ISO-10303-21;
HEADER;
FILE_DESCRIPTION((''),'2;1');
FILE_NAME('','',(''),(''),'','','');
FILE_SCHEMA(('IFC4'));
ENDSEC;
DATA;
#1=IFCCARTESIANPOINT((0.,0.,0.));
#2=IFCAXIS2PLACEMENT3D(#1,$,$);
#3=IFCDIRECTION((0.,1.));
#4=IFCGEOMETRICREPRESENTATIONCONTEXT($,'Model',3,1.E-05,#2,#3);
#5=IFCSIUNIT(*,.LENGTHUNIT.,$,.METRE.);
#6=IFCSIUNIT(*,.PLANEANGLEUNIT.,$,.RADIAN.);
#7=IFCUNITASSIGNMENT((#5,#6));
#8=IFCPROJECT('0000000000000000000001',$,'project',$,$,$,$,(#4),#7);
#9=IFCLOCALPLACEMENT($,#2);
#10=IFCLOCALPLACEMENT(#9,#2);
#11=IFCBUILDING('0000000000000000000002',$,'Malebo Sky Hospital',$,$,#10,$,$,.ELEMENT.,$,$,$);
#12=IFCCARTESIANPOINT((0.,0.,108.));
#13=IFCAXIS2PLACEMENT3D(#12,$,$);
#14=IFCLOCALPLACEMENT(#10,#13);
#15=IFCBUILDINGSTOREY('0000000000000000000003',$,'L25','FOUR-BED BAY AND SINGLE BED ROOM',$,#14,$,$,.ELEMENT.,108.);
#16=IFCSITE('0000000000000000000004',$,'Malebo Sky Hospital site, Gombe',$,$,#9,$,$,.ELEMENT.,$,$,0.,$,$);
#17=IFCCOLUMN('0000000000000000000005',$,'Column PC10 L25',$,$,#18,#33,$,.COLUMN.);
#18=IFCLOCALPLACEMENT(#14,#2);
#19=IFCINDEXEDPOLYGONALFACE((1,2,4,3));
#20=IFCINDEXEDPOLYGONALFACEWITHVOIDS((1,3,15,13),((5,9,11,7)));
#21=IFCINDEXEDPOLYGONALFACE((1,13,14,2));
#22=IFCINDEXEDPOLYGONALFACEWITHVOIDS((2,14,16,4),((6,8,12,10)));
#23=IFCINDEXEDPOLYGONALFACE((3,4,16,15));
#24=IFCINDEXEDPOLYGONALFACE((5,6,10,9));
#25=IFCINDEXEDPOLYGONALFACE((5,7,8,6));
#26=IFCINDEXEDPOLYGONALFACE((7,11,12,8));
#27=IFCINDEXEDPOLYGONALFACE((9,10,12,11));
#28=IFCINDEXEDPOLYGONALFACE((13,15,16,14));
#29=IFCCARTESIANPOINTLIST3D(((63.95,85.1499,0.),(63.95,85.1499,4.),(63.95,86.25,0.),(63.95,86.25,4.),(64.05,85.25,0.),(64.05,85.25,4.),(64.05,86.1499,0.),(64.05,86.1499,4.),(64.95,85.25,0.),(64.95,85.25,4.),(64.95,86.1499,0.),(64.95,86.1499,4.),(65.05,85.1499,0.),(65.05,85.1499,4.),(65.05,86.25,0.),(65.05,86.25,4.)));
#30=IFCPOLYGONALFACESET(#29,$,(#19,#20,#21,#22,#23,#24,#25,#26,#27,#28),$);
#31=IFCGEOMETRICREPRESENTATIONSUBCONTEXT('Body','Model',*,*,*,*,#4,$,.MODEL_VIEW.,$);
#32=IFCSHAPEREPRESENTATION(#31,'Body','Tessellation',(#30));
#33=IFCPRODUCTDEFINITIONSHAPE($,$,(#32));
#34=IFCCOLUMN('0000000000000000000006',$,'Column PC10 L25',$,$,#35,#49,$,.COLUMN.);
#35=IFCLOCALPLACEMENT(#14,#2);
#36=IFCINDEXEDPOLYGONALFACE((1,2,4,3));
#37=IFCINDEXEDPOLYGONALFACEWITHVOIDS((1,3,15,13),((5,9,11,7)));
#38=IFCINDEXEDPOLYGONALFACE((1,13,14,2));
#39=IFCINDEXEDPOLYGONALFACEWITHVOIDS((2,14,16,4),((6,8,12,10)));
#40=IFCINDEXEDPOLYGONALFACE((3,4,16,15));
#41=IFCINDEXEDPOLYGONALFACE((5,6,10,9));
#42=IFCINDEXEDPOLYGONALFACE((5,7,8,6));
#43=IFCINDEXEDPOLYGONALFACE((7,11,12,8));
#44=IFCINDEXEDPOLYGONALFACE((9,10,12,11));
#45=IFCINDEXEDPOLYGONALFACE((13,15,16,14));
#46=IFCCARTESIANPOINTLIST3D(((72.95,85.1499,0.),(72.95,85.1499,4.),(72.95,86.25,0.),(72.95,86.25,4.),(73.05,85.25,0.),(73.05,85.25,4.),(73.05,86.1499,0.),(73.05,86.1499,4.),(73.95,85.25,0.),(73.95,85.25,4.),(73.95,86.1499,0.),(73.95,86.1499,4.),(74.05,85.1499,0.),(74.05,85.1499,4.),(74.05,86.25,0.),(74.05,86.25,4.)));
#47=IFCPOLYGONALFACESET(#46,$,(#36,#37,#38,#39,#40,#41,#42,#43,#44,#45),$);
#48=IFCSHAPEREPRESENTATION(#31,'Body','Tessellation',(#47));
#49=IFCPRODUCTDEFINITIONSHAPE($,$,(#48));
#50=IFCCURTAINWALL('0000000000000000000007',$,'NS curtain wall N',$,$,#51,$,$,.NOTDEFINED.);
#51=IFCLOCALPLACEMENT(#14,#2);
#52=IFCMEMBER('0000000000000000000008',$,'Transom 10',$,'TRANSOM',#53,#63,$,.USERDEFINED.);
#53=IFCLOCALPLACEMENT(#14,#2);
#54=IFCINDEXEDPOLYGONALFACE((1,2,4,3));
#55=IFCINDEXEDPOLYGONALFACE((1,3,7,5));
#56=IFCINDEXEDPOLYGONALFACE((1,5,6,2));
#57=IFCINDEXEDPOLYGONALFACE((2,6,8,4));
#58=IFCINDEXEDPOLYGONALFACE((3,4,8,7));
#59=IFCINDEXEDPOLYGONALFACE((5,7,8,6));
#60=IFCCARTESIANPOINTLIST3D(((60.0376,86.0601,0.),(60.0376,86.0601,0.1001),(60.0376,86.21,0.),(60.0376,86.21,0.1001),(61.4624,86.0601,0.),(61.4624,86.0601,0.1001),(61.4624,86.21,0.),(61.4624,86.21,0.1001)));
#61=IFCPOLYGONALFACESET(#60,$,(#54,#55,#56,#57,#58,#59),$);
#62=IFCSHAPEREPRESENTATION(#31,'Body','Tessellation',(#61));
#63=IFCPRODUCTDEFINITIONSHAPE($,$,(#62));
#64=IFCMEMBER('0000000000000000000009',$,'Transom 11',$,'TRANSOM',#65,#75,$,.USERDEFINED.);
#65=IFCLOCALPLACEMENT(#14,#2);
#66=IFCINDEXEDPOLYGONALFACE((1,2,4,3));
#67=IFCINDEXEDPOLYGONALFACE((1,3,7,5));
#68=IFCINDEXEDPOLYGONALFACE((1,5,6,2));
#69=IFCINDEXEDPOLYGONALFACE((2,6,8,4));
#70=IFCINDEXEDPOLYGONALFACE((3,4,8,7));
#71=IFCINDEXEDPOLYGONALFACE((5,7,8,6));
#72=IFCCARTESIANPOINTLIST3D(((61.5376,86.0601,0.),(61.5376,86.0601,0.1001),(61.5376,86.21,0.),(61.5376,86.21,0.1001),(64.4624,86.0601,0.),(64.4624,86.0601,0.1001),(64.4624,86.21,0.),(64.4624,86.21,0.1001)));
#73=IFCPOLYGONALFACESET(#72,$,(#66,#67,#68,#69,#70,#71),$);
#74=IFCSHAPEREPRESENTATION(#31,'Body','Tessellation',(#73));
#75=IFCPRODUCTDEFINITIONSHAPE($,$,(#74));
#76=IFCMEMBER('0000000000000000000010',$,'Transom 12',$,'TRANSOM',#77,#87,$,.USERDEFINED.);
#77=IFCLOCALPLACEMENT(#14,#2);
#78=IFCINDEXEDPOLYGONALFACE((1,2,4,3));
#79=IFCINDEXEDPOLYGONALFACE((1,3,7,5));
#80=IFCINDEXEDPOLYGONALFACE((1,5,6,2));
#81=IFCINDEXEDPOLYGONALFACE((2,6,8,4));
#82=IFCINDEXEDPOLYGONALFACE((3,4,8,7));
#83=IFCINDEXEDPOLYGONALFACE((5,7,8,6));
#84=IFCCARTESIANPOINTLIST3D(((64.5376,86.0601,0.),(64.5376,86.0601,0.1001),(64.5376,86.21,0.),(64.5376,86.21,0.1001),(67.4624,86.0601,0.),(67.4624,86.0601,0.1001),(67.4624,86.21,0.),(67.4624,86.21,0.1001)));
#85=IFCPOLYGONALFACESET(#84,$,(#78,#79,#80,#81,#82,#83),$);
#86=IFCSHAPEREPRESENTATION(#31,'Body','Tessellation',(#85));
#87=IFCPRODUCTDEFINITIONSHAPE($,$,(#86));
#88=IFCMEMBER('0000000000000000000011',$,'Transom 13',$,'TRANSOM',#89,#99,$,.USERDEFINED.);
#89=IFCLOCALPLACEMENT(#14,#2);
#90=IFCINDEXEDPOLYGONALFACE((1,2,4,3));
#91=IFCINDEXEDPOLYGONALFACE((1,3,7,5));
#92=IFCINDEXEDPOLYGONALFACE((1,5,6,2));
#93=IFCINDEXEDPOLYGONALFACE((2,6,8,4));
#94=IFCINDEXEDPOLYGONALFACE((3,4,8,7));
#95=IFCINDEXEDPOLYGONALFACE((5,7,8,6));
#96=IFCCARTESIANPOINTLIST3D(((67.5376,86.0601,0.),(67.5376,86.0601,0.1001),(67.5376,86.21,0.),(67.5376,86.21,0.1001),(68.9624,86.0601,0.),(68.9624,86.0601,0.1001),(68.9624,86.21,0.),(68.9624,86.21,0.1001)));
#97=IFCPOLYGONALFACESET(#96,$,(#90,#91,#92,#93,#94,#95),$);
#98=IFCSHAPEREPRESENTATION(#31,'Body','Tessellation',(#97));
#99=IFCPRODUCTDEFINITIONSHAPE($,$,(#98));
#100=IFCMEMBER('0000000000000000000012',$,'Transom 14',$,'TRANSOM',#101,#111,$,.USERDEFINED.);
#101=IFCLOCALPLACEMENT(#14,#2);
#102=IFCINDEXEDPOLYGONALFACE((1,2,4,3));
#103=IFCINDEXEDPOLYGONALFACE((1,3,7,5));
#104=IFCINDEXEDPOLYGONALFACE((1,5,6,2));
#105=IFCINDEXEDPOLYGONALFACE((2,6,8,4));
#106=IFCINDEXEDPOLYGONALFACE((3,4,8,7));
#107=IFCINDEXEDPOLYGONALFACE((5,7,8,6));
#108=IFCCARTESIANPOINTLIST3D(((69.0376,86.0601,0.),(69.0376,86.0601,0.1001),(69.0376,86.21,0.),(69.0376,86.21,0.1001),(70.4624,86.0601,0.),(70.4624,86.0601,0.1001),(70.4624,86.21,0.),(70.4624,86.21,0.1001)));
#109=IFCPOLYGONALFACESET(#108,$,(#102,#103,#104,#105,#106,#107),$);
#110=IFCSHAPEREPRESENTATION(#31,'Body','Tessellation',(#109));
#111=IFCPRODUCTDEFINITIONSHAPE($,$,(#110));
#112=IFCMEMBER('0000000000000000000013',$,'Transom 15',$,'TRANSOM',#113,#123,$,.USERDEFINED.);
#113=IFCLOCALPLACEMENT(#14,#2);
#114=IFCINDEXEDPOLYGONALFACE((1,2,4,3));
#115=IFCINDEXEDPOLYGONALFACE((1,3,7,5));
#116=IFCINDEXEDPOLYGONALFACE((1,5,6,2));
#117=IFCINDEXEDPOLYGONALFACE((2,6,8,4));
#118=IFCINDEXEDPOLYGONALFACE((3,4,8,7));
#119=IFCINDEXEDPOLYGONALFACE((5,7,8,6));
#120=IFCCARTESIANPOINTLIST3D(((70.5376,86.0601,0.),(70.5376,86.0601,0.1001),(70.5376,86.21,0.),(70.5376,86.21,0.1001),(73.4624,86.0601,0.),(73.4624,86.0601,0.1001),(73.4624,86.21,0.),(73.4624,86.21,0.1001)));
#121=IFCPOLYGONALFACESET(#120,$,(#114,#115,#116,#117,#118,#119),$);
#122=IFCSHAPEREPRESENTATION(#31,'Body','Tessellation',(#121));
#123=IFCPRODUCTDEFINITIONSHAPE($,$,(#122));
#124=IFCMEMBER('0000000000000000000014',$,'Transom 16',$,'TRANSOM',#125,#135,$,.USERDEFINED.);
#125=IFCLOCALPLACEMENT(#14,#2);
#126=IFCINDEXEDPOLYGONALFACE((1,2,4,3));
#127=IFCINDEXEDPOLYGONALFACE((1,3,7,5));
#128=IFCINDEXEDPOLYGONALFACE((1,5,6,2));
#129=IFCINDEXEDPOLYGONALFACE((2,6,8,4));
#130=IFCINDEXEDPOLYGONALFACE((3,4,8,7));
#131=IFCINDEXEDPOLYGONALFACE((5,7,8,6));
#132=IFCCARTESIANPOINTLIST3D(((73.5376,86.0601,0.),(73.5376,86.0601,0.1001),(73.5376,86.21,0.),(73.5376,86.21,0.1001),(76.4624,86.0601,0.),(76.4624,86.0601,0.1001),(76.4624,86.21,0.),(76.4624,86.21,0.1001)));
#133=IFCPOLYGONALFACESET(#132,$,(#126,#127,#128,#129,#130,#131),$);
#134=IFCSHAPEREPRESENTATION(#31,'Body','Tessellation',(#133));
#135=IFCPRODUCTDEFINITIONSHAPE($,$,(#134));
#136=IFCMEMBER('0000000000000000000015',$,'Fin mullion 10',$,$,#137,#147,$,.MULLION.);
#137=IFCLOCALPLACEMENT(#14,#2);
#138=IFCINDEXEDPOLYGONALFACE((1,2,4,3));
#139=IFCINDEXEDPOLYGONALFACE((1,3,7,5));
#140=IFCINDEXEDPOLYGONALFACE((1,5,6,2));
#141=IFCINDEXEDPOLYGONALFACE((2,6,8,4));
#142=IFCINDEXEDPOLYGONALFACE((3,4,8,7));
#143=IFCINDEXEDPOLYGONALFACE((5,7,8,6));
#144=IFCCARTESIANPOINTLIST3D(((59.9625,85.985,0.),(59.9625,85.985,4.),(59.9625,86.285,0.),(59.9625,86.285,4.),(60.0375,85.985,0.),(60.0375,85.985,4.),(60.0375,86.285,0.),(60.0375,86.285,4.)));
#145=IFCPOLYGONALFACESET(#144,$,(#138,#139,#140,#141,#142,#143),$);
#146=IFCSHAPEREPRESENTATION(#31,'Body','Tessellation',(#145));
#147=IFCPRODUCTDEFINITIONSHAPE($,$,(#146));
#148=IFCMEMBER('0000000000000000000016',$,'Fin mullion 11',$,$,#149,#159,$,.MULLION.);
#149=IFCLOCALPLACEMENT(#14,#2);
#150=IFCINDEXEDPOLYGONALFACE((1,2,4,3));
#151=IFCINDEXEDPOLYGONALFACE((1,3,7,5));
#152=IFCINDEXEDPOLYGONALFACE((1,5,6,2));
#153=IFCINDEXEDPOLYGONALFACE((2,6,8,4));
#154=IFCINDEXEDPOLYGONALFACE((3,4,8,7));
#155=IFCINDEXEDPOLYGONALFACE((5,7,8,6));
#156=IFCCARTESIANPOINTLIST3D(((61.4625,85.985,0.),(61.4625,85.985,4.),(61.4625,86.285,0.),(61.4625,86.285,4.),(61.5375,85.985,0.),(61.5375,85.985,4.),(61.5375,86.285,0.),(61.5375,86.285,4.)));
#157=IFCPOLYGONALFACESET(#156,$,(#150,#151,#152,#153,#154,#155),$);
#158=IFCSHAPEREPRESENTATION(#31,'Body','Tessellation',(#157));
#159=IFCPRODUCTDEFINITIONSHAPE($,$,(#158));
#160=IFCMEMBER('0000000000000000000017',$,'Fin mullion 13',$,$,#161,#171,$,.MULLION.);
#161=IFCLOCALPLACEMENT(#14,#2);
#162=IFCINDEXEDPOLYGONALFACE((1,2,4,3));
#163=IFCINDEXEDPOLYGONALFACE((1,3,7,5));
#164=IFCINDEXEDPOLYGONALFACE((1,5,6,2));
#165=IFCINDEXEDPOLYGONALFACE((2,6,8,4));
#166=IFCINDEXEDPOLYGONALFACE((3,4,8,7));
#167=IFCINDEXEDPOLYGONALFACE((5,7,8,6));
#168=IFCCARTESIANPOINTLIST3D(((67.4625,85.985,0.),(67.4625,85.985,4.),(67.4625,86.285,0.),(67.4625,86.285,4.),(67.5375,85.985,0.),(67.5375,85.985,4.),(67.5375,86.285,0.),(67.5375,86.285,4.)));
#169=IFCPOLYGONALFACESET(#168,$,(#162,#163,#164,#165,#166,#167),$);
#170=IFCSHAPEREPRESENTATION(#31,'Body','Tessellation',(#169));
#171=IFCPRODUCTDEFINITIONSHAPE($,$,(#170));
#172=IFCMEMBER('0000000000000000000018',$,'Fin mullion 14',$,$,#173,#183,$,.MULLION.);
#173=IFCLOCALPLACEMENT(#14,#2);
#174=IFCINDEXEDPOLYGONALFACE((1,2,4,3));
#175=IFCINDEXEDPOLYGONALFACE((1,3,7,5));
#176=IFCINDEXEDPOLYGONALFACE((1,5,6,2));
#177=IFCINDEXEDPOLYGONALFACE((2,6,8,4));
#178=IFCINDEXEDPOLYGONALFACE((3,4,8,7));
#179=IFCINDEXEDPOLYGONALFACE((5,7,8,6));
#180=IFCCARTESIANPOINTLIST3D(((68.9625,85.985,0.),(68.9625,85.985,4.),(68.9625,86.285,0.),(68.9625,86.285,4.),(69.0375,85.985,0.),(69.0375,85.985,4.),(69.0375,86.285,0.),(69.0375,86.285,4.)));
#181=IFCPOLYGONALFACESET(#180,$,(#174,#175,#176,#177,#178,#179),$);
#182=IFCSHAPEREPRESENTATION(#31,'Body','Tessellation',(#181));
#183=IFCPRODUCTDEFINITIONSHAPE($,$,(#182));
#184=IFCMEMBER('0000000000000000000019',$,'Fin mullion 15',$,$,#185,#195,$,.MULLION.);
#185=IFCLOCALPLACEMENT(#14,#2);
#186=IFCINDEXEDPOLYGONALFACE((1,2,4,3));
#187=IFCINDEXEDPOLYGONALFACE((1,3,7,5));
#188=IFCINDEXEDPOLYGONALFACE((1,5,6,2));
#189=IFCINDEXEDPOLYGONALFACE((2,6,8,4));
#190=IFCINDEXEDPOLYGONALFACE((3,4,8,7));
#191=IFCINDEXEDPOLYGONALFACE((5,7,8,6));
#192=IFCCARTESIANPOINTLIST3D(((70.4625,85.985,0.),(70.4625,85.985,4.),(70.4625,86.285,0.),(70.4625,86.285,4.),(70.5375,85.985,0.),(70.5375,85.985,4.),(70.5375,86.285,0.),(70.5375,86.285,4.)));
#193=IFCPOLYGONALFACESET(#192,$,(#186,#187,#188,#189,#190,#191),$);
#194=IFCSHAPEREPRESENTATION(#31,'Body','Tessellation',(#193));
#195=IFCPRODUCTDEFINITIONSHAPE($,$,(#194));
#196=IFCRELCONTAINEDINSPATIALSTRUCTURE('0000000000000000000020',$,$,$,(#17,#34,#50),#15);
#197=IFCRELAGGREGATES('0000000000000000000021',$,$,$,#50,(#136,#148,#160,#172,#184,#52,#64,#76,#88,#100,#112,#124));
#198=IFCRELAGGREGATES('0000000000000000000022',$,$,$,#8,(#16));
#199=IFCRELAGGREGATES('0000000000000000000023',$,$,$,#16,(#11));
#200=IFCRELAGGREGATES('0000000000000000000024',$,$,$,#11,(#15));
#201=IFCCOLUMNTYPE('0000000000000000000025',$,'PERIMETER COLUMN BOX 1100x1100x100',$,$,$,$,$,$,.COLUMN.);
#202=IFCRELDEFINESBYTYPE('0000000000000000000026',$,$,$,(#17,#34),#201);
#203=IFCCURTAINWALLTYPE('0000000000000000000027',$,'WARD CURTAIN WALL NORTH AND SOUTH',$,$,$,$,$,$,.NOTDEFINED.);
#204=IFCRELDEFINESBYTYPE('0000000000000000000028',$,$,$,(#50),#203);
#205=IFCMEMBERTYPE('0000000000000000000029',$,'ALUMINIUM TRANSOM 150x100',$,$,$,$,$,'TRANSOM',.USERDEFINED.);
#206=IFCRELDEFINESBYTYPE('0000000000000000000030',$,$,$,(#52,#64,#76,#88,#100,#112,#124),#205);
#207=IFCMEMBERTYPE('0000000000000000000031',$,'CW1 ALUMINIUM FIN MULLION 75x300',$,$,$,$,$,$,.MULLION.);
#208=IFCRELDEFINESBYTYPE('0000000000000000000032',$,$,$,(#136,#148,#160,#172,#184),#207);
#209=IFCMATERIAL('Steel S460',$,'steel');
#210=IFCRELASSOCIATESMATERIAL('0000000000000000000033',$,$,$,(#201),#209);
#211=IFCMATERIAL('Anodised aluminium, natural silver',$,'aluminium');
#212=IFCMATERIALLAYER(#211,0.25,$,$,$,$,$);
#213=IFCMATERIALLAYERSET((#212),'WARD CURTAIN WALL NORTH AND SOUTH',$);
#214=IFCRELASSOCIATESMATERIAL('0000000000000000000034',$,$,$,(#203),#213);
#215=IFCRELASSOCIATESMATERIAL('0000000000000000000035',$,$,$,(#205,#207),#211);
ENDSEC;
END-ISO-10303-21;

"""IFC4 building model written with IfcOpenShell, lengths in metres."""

from ifc_helpers import new_model, si_unit, direction, frame, origin, origin_2d, place, context, subcontext, project, spatial, rectangle, hollow_rectangle, extrude, material, layer, layer_set, material_profile, profile_set, type_object, element, aggregate, save


model = new_model("IFC4")

# Units and contexts
model_context = context("Model", 3, precision=1e-05, world=origin(), true_north=direction((0.0, 1.0)))
body_context = subcontext(model_context, "Body", "Model", "MODEL_VIEW")
ifc_project = project(units=[si_unit("LENGTHUNIT", "METRE"), si_unit("PLANEANGLEUNIT", "RADIAN")], contexts=[model_context])

# Site, building, storey
site_placement = place(None, origin())
site = spatial("IfcSite", under=ifc_project, at=site_placement, Name="Malebo Sky Hospital site, Gombe", CompositionType="ELEMENT", RefElevation=0.0)
building_placement = place(site_placement, origin())
building = spatial("IfcBuilding", under=site, at=building_placement, Name="Malebo Sky Hospital", CompositionType="ELEMENT")
storey_placement = place(building_placement, frame((0.0, 0.0, 108.0)))
storey = spatial("IfcBuildingStorey", under=building, at=storey_placement, Name="L25", Description="FOUR-BED BAY AND SINGLE BED ROOM", CompositionType="ELEMENT", Elevation=108.0)

# Columns
ifc_material_1 = material(Name="Steel S460", Category="steel")
ifc_material_profile_1 = material_profile(ifc_material_1, hollow_rectangle(XDim=1.1001, YDim=1.1001, WallThickness=0.1001, at=origin_2d()), Name="BOX 1100x1100x100")
ifc_profile_set_1 = profile_set([ifc_material_profile_1], Name="Steel S460")
column_type = type_object("IfcColumnType", Name="PERIMETER COLUMN BOX 1100x1100x100", PredefinedType="COLUMN", material=ifc_profile_set_1)
for number, where, z_axis, x_axis, name in (
    (1, (64.5, 85.7, 0.0), (0.0, 0.0, 1.0), (1.0, 0.0, 0.0), "Column PC10 L25"),
    (2, (73.5, 85.7, 0.0), (0.0, 0.0, 1.0), (1.0, 0.0, 0.0), "Column PC10 L25"),
):
    element("IfcColumn", number, at=place(storey_placement, frame(where, z_axis=z_axis, x_axis=x_axis)), inside=storey, type_object=column_type, Name=name, PredefinedType="COLUMN", context=body_context, shape_type="SweptSolid", body=[
        extrude(hollow_rectangle(XDim=1.1001, YDim=1.1001, WallThickness=0.1001, at=origin_2d()), origin(), (0.0, 0.0, 1.0), 4.0),
    ])

# Curtain wall, members
ifc_material_2 = material(Name="Anodised aluminium, natural silver", Category="aluminium")
ifc_layer_1 = layer(ifc_material_2, 0.25)
ifc_layer_set_1 = layer_set([ifc_layer_1], Name="WARD CURTAIN WALL NORTH AND SOUTH")
curtain_wall_type = type_object("IfcCurtainWallType", Name="WARD CURTAIN WALL NORTH AND SOUTH", PredefinedType="NOTDEFINED", material=ifc_layer_set_1)
curtain_wall_placement = place(storey_placement, origin())
curtain_wall = element("IfcCurtainWall", 3, at=curtain_wall_placement, inside=storey, type_object=curtain_wall_type, Name="NS curtain wall N", PredefinedType="NOTDEFINED")
ifc_material_profile_2 = material_profile(ifc_material_2, rectangle(XDim=0.1499, YDim=0.1001, at=origin_2d()), Name="ALUMINIUM TRANSOM 150x100")
ifc_profile_set_2 = profile_set([ifc_material_profile_2], Name="Anodised aluminium, natural silver")
member_type_1 = type_object("IfcMemberType", Name="ALUMINIUM TRANSOM 150x100", ElementType="TRANSOM", PredefinedType="USERDEFINED", material=ifc_profile_set_2)
member_1_placement = place(storey_placement, frame((60.0376, 86.135, 0.05), z_axis=(1.0, 0.0, 0.0), x_axis=(0.0, 1.0, 0.0)))
member_1 = element("IfcMember", 4, at=member_1_placement, type_object=member_type_1, Name="Transom 10", ObjectType="TRANSOM", PredefinedType="USERDEFINED", context=body_context, shape_type="SweptSolid", body=[
    extrude(rectangle(XDim=0.1499, YDim=0.1001, at=origin_2d()), origin(), (0.0, 0.0, 1.0), 1.4248),
])
member_2_placement = place(storey_placement, frame((61.5376, 86.135, 0.05), z_axis=(1.0, 0.0, 0.0), x_axis=(0.0, 1.0, 0.0)))
member_2 = element("IfcMember", 5, at=member_2_placement, type_object=member_type_1, Name="Transom 11", ObjectType="TRANSOM", PredefinedType="USERDEFINED", context=body_context, shape_type="SweptSolid", body=[
    extrude(rectangle(XDim=0.1499, YDim=0.1001, at=origin_2d()), origin(), (0.0, 0.0, 1.0), 2.9248),
])
member_3_placement = place(storey_placement, frame((64.5376, 86.135, 0.05), z_axis=(1.0, 0.0, 0.0), x_axis=(0.0, 1.0, 0.0)))
member_3 = element("IfcMember", 6, at=member_3_placement, type_object=member_type_1, Name="Transom 12", ObjectType="TRANSOM", PredefinedType="USERDEFINED", context=body_context, shape_type="SweptSolid", body=[
    extrude(rectangle(XDim=0.1499, YDim=0.1001, at=origin_2d()), origin(), (0.0, 0.0, 1.0), 2.9248),
])
member_4_placement = place(storey_placement, frame((67.5376, 86.135, 0.05), z_axis=(1.0, 0.0, 0.0), x_axis=(0.0, 1.0, 0.0)))
member_4 = element("IfcMember", 7, at=member_4_placement, type_object=member_type_1, Name="Transom 13", ObjectType="TRANSOM", PredefinedType="USERDEFINED", context=body_context, shape_type="SweptSolid", body=[
    extrude(rectangle(XDim=0.1499, YDim=0.1001, at=origin_2d()), origin(), (0.0, 0.0, 1.0), 1.4248),
])
member_5_placement = place(storey_placement, frame((69.0376, 86.135, 0.05), z_axis=(1.0, 0.0, 0.0), x_axis=(0.0, 1.0, 0.0)))
member_5 = element("IfcMember", 8, at=member_5_placement, type_object=member_type_1, Name="Transom 14", ObjectType="TRANSOM", PredefinedType="USERDEFINED", context=body_context, shape_type="SweptSolid", body=[
    extrude(rectangle(XDim=0.1499, YDim=0.1001, at=origin_2d()), origin(), (0.0, 0.0, 1.0), 1.4248),
])
member_6_placement = place(storey_placement, frame((70.5376, 86.135, 0.05), z_axis=(1.0, 0.0, 0.0), x_axis=(0.0, 1.0, 0.0)))
member_6 = element("IfcMember", 9, at=member_6_placement, type_object=member_type_1, Name="Transom 15", ObjectType="TRANSOM", PredefinedType="USERDEFINED", context=body_context, shape_type="SweptSolid", body=[
    extrude(rectangle(XDim=0.1499, YDim=0.1001, at=origin_2d()), origin(), (0.0, 0.0, 1.0), 2.9248),
])
member_7_placement = place(storey_placement, frame((73.5376, 86.135, 0.05), z_axis=(1.0, 0.0, 0.0), x_axis=(0.0, 1.0, 0.0)))
member_7 = element("IfcMember", 10, at=member_7_placement, type_object=member_type_1, Name="Transom 16", ObjectType="TRANSOM", PredefinedType="USERDEFINED", context=body_context, shape_type="SweptSolid", body=[
    extrude(rectangle(XDim=0.1499, YDim=0.1001, at=origin_2d()), origin(), (0.0, 0.0, 1.0), 2.9248),
])
ifc_material_profile_3 = material_profile(ifc_material_2, rectangle(XDim=0.075, YDim=0.3, at=origin_2d()), Name="CW1 ALUMINIUM FIN MULLION 75x300")
ifc_profile_set_3 = profile_set([ifc_material_profile_3], Name="Anodised aluminium, natural silver")
member_type_2 = type_object("IfcMemberType", Name="CW1 ALUMINIUM FIN MULLION 75x300", PredefinedType="MULLION", material=ifc_profile_set_3)
member_8_placement = place(storey_placement, frame((60.0, 86.135, 0.0), z_axis=(0.0, 0.0, 1.0), x_axis=(1.0, 0.0, 0.0)))
member_8 = element("IfcMember", 11, at=member_8_placement, type_object=member_type_2, Name="Fin mullion 10", PredefinedType="MULLION", context=body_context, shape_type="SweptSolid", body=[
    extrude(rectangle(XDim=0.075, YDim=0.3, at=origin_2d()), origin(), (0.0, 0.0, 1.0), 4.0),
])
member_9_placement = place(storey_placement, frame((61.5, 86.135, 0.0), z_axis=(0.0, 0.0, 1.0), x_axis=(1.0, 0.0, 0.0)))
member_9 = element("IfcMember", 12, at=member_9_placement, type_object=member_type_2, Name="Fin mullion 11", PredefinedType="MULLION", context=body_context, shape_type="SweptSolid", body=[
    extrude(rectangle(XDim=0.075, YDim=0.3, at=origin_2d()), origin(), (0.0, 0.0, 1.0), 4.0),
])
member_10_placement = place(storey_placement, frame((67.5, 86.135, 0.0), z_axis=(0.0, 0.0, 1.0), x_axis=(1.0, 0.0, 0.0)))
member_10 = element("IfcMember", 13, at=member_10_placement, type_object=member_type_2, Name="Fin mullion 13", PredefinedType="MULLION", context=body_context, shape_type="SweptSolid", body=[
    extrude(rectangle(XDim=0.075, YDim=0.3, at=origin_2d()), origin(), (0.0, 0.0, 1.0), 4.0),
])
member_11_placement = place(storey_placement, frame((69.0, 86.135, 0.0), z_axis=(0.0, 0.0, 1.0), x_axis=(1.0, 0.0, 0.0)))
member_11 = element("IfcMember", 14, at=member_11_placement, type_object=member_type_2, Name="Fin mullion 14", PredefinedType="MULLION", context=body_context, shape_type="SweptSolid", body=[
    extrude(rectangle(XDim=0.075, YDim=0.3, at=origin_2d()), origin(), (0.0, 0.0, 1.0), 4.0),
])
member_12_placement = place(storey_placement, frame((70.5, 86.135, 0.0), z_axis=(0.0, 0.0, 1.0), x_axis=(1.0, 0.0, 0.0)))
member_12 = element("IfcMember", 15, at=member_12_placement, type_object=member_type_2, Name="Fin mullion 15", PredefinedType="MULLION", context=body_context, shape_type="SweptSolid", body=[
    extrude(rectangle(XDim=0.075, YDim=0.3, at=origin_2d()), origin(), (0.0, 0.0, 1.0), 4.0),
])

aggregate(curtain_wall, [member_8, member_9, member_10, member_11, member_12, member_1, member_2, member_3, member_4, member_5, member_6, member_7])

save(model, "model.ifc")
